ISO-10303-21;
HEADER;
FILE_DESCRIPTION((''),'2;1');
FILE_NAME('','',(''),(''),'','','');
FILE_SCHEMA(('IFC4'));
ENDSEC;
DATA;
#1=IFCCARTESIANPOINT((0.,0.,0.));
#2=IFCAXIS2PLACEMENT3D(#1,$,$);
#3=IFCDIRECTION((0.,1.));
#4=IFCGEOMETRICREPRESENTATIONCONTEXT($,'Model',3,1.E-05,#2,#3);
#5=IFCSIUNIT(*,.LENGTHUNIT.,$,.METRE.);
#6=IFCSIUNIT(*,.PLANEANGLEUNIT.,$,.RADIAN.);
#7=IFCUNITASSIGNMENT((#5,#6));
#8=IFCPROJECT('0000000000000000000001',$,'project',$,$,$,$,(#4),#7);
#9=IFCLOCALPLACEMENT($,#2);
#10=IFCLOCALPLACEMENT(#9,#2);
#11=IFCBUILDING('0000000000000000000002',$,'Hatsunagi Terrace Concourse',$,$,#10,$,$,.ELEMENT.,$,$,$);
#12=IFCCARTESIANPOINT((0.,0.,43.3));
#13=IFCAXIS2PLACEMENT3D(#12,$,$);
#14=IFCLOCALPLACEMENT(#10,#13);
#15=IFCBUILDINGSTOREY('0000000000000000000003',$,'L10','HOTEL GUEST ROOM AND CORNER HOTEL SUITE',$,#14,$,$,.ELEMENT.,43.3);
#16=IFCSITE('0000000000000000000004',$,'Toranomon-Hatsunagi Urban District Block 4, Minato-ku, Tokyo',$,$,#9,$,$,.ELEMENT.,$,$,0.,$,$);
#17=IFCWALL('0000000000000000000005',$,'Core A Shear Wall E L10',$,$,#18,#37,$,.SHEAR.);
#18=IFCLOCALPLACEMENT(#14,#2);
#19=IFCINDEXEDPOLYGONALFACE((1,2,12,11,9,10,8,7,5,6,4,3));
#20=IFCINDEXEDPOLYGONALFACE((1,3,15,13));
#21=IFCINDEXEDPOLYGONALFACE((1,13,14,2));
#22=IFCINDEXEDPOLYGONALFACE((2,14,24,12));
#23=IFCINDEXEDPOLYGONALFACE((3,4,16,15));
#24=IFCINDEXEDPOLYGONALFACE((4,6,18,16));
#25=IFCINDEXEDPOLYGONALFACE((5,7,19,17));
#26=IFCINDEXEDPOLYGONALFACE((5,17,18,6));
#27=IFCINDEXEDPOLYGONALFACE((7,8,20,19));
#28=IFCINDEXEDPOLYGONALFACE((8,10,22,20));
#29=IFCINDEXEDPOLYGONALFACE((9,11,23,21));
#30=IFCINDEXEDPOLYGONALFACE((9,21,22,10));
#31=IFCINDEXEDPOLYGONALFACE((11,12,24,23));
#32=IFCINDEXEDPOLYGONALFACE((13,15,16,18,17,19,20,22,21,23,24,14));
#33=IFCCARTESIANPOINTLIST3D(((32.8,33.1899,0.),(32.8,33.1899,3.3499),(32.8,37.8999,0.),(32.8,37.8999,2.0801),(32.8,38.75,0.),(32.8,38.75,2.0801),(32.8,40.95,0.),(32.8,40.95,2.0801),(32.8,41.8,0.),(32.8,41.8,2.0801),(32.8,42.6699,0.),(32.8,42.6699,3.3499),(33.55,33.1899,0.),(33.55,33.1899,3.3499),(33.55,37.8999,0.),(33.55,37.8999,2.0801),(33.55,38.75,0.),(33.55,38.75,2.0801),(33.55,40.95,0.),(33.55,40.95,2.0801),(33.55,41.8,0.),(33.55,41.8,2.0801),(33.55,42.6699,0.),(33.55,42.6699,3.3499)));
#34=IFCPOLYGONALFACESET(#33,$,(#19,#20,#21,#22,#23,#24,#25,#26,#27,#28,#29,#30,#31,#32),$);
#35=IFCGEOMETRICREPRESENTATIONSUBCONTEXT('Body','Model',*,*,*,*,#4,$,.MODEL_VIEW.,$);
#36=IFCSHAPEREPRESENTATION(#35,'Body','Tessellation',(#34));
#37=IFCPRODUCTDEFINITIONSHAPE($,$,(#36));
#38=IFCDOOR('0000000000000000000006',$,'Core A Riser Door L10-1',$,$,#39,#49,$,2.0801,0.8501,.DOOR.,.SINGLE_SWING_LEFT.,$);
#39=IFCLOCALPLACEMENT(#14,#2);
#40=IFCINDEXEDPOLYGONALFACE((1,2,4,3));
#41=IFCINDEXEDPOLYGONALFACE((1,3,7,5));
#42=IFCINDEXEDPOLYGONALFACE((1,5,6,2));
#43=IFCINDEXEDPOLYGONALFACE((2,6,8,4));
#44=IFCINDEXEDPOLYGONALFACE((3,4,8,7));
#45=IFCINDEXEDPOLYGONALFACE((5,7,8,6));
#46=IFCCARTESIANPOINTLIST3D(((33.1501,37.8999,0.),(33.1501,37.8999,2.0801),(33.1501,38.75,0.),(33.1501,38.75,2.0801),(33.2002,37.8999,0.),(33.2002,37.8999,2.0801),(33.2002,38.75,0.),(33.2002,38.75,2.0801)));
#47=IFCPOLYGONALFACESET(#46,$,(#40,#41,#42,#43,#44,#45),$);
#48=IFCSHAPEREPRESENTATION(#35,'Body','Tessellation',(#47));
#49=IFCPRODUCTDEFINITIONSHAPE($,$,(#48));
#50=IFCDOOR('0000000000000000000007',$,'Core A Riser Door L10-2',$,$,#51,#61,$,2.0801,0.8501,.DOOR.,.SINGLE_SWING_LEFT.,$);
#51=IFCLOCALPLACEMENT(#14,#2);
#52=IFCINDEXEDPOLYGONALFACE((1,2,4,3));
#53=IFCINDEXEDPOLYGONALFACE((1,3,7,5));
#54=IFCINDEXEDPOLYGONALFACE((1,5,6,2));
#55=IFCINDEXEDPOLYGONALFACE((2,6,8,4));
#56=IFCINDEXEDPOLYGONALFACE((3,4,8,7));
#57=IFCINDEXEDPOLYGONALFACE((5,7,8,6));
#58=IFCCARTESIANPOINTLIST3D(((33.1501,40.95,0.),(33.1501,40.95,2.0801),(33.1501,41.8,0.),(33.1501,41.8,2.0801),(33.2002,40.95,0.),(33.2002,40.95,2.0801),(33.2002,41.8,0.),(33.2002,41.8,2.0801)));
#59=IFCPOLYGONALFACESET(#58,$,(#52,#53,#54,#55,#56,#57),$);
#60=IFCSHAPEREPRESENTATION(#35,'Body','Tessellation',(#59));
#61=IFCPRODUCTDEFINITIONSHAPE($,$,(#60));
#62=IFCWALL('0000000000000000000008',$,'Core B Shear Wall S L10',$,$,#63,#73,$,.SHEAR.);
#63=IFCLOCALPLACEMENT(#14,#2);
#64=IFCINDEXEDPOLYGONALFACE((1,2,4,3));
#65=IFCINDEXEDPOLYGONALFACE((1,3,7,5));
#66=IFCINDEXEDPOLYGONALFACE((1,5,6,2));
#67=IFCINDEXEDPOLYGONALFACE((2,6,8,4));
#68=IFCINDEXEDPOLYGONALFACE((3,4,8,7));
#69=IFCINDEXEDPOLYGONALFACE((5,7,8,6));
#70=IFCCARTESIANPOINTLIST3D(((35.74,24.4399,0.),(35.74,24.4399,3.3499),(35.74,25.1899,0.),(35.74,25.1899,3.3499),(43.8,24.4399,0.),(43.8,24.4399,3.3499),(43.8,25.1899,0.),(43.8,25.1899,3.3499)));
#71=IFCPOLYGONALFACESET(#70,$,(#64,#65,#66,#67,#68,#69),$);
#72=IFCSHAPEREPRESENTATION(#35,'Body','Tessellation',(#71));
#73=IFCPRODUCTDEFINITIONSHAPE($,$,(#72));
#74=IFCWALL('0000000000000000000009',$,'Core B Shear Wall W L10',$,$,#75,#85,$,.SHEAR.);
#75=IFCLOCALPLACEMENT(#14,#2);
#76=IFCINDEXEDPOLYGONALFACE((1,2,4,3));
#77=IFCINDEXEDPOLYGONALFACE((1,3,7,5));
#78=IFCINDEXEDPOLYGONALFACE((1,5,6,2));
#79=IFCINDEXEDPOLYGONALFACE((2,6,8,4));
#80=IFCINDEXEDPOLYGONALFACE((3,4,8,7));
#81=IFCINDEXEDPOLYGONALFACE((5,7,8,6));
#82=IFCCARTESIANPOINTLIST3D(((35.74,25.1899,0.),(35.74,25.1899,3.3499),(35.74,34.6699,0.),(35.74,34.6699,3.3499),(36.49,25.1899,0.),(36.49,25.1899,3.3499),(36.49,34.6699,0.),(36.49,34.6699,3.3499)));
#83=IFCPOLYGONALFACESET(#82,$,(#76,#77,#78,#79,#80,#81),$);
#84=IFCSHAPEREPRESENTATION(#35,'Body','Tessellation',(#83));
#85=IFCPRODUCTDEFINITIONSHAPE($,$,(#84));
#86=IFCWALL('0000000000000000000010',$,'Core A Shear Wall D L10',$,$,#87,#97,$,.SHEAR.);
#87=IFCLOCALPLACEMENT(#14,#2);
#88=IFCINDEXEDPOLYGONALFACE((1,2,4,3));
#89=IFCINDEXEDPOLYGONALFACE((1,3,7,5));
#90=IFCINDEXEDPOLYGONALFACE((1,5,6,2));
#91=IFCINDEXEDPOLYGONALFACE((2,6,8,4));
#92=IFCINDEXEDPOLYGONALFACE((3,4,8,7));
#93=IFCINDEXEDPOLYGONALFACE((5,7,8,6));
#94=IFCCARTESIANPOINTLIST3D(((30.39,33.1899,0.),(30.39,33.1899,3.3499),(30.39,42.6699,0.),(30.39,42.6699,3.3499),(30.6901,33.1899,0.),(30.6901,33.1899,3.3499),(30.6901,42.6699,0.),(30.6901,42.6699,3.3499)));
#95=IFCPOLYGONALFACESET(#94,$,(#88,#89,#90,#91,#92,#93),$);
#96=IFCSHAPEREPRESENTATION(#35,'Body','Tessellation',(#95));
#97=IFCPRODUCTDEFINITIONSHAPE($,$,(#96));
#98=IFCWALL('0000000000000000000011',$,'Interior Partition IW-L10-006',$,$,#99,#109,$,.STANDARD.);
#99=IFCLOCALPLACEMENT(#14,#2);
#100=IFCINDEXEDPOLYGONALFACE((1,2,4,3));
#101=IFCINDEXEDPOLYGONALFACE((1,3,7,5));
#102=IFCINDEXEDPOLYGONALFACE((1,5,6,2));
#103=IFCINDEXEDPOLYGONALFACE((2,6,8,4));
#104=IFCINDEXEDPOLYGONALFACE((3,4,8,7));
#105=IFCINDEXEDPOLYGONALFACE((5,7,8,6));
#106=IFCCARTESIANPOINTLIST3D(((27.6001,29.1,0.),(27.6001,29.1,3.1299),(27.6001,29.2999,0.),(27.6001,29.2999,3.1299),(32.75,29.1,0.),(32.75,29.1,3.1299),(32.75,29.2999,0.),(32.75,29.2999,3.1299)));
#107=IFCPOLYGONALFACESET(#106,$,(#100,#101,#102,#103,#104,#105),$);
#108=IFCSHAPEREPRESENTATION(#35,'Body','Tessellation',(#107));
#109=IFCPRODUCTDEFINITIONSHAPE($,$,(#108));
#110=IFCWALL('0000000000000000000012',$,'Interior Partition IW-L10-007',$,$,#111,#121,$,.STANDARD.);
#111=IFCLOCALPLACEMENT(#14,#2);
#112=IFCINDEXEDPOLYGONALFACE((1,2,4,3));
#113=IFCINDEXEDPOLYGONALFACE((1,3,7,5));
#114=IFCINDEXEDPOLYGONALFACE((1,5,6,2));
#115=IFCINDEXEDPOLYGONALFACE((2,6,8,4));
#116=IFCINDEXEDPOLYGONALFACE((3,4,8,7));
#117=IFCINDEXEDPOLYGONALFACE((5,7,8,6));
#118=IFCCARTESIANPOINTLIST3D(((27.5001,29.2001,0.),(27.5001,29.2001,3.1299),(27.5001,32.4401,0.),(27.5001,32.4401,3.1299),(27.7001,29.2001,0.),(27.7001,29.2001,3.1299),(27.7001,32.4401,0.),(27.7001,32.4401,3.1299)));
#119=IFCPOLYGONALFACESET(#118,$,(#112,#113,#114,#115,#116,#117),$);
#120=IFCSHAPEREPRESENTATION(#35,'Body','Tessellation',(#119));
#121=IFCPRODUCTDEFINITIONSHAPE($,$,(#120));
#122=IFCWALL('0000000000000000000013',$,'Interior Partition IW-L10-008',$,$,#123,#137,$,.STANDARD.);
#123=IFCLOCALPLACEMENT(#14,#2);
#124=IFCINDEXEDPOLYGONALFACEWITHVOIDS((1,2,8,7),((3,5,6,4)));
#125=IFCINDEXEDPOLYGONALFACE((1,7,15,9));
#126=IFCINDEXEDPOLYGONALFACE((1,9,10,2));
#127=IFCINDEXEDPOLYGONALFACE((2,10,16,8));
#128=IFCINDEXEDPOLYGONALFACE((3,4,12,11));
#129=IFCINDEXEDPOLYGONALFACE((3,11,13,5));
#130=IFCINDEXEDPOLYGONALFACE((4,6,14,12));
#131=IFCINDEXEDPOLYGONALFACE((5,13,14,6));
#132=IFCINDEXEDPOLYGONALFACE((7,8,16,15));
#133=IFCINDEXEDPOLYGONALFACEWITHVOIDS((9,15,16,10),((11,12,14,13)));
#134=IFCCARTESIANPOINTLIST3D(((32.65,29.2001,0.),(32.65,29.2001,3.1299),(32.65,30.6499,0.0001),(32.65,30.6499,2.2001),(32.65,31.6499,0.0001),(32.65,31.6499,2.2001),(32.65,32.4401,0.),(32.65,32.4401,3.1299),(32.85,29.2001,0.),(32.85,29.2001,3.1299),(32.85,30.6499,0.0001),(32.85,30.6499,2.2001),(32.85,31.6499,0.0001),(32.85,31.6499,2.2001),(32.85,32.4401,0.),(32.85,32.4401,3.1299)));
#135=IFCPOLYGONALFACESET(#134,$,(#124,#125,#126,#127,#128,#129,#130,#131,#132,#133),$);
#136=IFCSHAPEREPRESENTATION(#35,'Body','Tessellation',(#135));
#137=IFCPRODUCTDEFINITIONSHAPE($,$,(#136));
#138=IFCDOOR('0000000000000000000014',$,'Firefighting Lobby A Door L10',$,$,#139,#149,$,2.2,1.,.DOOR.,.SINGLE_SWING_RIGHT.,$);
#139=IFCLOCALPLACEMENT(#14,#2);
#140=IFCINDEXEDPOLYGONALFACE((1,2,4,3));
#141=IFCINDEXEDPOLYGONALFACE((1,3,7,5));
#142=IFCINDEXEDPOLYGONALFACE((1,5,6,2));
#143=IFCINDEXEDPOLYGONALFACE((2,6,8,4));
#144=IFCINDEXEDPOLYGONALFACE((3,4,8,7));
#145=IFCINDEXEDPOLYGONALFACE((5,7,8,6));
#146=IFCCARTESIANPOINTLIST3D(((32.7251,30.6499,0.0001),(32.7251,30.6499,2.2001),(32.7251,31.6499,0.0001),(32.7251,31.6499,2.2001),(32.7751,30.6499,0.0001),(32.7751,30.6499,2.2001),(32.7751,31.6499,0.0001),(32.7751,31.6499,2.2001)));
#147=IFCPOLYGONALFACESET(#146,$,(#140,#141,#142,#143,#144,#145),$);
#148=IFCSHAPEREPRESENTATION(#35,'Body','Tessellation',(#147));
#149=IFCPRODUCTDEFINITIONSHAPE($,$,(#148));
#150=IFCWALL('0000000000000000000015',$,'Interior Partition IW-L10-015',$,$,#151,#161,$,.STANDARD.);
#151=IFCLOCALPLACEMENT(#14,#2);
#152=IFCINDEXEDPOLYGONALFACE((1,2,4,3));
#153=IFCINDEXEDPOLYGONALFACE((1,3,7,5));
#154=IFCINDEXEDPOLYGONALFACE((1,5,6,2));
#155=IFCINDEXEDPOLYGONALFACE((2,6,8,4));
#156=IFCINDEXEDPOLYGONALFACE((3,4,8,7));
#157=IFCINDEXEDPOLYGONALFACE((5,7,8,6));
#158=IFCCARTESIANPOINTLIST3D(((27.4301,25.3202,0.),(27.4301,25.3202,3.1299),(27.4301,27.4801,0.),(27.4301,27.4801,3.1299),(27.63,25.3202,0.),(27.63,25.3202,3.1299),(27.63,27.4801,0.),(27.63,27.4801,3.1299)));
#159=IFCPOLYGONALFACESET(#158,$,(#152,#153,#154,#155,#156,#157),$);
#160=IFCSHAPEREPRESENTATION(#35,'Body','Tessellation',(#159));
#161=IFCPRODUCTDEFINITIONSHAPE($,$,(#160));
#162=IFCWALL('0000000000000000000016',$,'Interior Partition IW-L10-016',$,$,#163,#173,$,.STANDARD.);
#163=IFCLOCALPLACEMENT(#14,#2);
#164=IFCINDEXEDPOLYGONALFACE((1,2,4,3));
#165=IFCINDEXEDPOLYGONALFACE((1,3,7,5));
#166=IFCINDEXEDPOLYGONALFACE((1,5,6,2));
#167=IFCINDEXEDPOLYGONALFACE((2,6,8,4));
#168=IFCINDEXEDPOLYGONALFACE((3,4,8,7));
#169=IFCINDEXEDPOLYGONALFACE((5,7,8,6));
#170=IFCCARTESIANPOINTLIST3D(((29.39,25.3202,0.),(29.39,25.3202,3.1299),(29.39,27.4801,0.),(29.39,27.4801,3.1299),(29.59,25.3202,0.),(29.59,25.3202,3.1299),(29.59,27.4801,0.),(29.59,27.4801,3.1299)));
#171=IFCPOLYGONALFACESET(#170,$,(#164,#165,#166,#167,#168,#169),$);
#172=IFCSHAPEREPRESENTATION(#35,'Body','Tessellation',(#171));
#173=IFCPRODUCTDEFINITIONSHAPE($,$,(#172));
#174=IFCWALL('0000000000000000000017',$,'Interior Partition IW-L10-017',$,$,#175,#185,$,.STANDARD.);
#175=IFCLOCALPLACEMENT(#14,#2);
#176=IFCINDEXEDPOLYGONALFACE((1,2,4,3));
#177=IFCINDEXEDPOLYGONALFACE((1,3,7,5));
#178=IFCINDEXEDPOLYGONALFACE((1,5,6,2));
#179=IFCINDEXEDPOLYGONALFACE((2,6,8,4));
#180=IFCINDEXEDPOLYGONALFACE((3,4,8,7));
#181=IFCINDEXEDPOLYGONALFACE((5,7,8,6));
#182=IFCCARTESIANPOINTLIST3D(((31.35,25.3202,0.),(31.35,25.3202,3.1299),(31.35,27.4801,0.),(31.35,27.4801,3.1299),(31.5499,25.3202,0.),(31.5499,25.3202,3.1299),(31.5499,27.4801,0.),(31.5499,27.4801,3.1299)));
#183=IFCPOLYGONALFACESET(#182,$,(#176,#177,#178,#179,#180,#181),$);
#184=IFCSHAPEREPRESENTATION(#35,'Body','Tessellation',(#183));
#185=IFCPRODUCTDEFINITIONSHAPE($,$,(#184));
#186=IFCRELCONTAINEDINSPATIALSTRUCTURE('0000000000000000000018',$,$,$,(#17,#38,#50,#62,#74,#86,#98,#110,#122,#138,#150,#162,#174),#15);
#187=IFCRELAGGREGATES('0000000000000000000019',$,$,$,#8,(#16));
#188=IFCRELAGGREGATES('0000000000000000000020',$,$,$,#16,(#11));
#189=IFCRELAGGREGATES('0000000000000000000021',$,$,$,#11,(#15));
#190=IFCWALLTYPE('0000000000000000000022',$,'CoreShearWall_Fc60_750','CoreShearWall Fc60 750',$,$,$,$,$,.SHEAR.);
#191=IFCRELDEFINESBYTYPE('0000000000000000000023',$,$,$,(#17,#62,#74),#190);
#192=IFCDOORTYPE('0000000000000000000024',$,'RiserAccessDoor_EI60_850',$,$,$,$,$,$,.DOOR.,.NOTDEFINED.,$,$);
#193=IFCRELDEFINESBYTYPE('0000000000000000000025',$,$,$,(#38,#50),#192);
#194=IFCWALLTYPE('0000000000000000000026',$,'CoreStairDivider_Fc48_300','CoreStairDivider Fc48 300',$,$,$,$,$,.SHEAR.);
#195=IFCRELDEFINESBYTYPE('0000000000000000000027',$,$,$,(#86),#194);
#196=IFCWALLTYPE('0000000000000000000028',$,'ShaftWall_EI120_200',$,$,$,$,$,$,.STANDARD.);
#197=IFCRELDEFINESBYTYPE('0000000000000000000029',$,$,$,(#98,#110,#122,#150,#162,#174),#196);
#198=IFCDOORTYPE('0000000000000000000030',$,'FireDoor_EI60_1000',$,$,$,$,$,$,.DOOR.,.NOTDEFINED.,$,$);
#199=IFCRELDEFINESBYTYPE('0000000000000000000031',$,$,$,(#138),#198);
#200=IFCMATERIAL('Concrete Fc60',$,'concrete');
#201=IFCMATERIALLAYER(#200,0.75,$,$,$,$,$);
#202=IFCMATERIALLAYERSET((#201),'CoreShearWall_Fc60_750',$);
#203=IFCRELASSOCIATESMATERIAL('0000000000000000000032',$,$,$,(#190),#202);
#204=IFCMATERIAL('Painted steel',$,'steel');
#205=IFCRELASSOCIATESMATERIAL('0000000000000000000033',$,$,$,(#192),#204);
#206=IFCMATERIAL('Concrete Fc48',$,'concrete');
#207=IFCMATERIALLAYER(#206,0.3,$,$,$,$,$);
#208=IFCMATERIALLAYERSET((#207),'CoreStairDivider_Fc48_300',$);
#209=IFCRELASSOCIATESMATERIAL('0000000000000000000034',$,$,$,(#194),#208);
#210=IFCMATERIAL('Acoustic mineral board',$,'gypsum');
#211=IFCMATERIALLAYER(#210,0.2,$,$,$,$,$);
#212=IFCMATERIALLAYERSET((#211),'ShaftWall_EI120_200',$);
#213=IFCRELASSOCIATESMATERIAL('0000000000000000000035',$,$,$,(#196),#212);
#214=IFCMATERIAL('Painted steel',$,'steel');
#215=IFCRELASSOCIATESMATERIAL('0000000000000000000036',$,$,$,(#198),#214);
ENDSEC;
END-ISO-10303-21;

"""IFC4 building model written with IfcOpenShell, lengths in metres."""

from ifc_helpers import new_model, si_unit, direction, frame, frame_2d, origin, place, context, subcontext, project, spatial, rectangle, extrude, material, layer, layer_set, type_object, element, fill, save


model = new_model("IFC4")

# Units and contexts
model_context = context("Model", 3, precision=1e-05, world=origin(), true_north=direction((0.0, 1.0)))
body_context = subcontext(model_context, "Body", "Model", "MODEL_VIEW")
ifc_project = project(units=[si_unit("LENGTHUNIT", "METRE"), si_unit("PLANEANGLEUNIT", "RADIAN")], contexts=[model_context])

# Site, building, storey
site_placement = place(None, origin())
site = spatial("IfcSite", under=ifc_project, at=site_placement, Name="Toranomon-Hatsunagi Urban District Block 4, Minato-ku, Tokyo", CompositionType="ELEMENT", RefElevation=0.0)
building_placement = place(site_placement, origin())
building = spatial("IfcBuilding", under=site, at=building_placement, Name="Hatsunagi Terrace Concourse", CompositionType="ELEMENT")
storey_placement = place(building_placement, frame((0.0, 0.0, 43.3)))
storey = spatial("IfcBuildingStorey", under=building, at=storey_placement, Name="L10", Description="HOTEL GUEST ROOM AND CORNER HOTEL SUITE", CompositionType="ELEMENT", Elevation=43.3)

# Wall, openings, doors
ifc_material_1 = material(Name="Concrete Fc60", Category="concrete")
ifc_layer_1 = layer(ifc_material_1, 0.75)
ifc_layer_set_1 = layer_set([ifc_layer_1], Name="CoreShearWall_Fc60_750")
wall_type_1 = type_object("IfcWallType", Name="CoreShearWall_Fc60_750", Description="CoreShearWall Fc60 750", PredefinedType="SHEAR", material=ifc_layer_set_1)
wall_1_placement = place(storey_placement, frame((33.175, 33.1899, 0.0), z_axis=(0.0, 0.0, 1.0), x_axis=(0.0, 1.0, 0.0)))
wall_1 = element("IfcWall", 1, at=wall_1_placement, inside=storey, type_object=wall_type_1, Name="Core A Shear Wall E L10", PredefinedType="SHEAR", context=body_context, shape_type="SweptSolid", body=[
    extrude(rectangle(XDim=9.48, YDim=0.75, at=frame_2d((4.74, 0.0))), origin(), (0.0, 0.0, 1.0), 3.3499),
])
opening_1_placement = place(wall_1_placement, frame((4.71, 0.0, 0.0)))
opening_1 = element("IfcOpeningElement", 2, at=opening_1_placement, cuts=wall_1, PredefinedType="OPENING", context=body_context, shape_type="SweptSolid", body=[
    extrude(rectangle(XDim=0.8501, YDim=2.0801, at=frame_2d((0.425, 1.04))), frame((0.0, 0.385, 0.0), z_axis=(0.0, -1.0, 0.0), x_axis=(1.0, 0.0, 0.0)), (0.0, 0.0, 1.0), 0.77),
])
opening_2_placement = place(wall_1_placement, frame((7.76, 0.0, 0.0)))
opening_2 = element("IfcOpeningElement", 3, at=opening_2_placement, cuts=wall_1, PredefinedType="OPENING", context=body_context, shape_type="SweptSolid", body=[
    extrude(rectangle(XDim=0.8501, YDim=2.0801, at=frame_2d((0.425, 1.04))), frame((0.0, 0.385, 0.0), z_axis=(0.0, -1.0, 0.0), x_axis=(1.0, 0.0, 0.0)), (0.0, 0.0, 1.0), 0.77),
])
ifc_material_2 = material(Name="Painted steel", Category="steel")
door_type_1 = type_object("IfcDoorType", Name="RiserAccessDoor_EI60_850", OperationType="NOTDEFINED", PredefinedType="DOOR", material=ifc_material_2)
door_1_placement = place(opening_1_placement, origin())
door_1 = element("IfcDoor", 4, at=door_1_placement, inside=storey, type_object=door_type_1, Name="Core A Riser Door L10-1", OperationType="SINGLE_SWING_LEFT", OverallHeight=2.0801, OverallWidth=0.8501, PredefinedType="DOOR", context=body_context, shape_type="SweptSolid", body=[
    extrude(rectangle(XDim=0.8501, YDim=2.0801, at=frame_2d((0.425, 1.04))), frame((0.0, 0.0249, 0.0), z_axis=(0.0, -1.0, 0.0), x_axis=(1.0, 0.0, 0.0)), (0.0, 0.0, 1.0), 0.05),
])
fill(opening_1, door_1)
door_2_placement = place(opening_2_placement, origin())
door_2 = element("IfcDoor", 5, at=door_2_placement, inside=storey, type_object=door_type_1, Name="Core A Riser Door L10-2", OperationType="SINGLE_SWING_LEFT", OverallHeight=2.0801, OverallWidth=0.8501, PredefinedType="DOOR", context=body_context, shape_type="SweptSolid", body=[
    extrude(rectangle(XDim=0.8501, YDim=2.0801, at=frame_2d((0.425, 1.04))), frame((0.0, 0.0249, 0.0), z_axis=(0.0, -1.0, 0.0), x_axis=(1.0, 0.0, 0.0)), (0.0, 0.0, 1.0), 0.05),
])
fill(opening_2, door_2)

# Wall
wall_2_placement = place(storey_placement, frame((35.74, 24.8149, 0.0), z_axis=(0.0, 0.0, 1.0), x_axis=(1.0, 0.0, 0.0)))
element("IfcWall", 6, at=wall_2_placement, inside=storey, type_object=wall_type_1, Name="Core B Shear Wall S L10", PredefinedType="SHEAR", context=body_context, shape_type="SweptSolid", body=[
    extrude(rectangle(XDim=8.0601, YDim=0.75, at=frame_2d((4.03, 0.0))), origin(), (0.0, 0.0, 1.0), 3.3499),
])

# Walls
wall_3_placement = place(storey_placement, frame((36.115, 25.1899, 0.0), z_axis=(0.0, 0.0, 1.0), x_axis=(0.0, 1.0, 0.0)))
element("IfcWall", 7, at=wall_3_placement, inside=storey, type_object=wall_type_1, Name="Core B Shear Wall W L10", PredefinedType="SHEAR", context=body_context, shape_type="SweptSolid", body=[
    extrude(rectangle(XDim=9.48, YDim=0.75, at=frame_2d((4.74, 0.0))), origin(), (0.0, 0.0, 1.0), 3.3499),
])
ifc_material_3 = material(Name="Concrete Fc48", Category="concrete")
ifc_layer_2 = layer(ifc_material_3, 0.3)
ifc_layer_set_2 = layer_set([ifc_layer_2], Name="CoreStairDivider_Fc48_300")
wall_type_2 = type_object("IfcWallType", Name="CoreStairDivider_Fc48_300", Description="CoreStairDivider Fc48 300", PredefinedType="SHEAR", material=ifc_layer_set_2)
wall_4_placement = place(storey_placement, frame((30.54, 33.1899, 0.0), z_axis=(0.0, 0.0, 1.0), x_axis=(0.0, 1.0, 0.0)))
element("IfcWall", 8, at=wall_4_placement, inside=storey, type_object=wall_type_2, Name="Core A Shear Wall D L10", PredefinedType="SHEAR", context=body_context, shape_type="SweptSolid", body=[
    extrude(rectangle(XDim=9.48, YDim=0.3, at=frame_2d((4.74, 0.0))), origin(), (0.0, 0.0, 1.0), 3.3499),
])
ifc_material_4 = material(Name="Acoustic mineral board", Category="gypsum")
ifc_layer_3 = layer(ifc_material_4, 0.2)
ifc_layer_set_3 = layer_set([ifc_layer_3], Name="ShaftWall_EI120_200")
wall_type_3 = type_object("IfcWallType", Name="ShaftWall_EI120_200", PredefinedType="STANDARD", material=ifc_layer_set_3)
wall_5_placement = place(storey_placement, frame((27.6001, 29.2, 0.0), z_axis=(0.0, 0.0, 1.0), x_axis=(1.0, 0.0, 0.0)))
element("IfcWall", 9, at=wall_5_placement, inside=storey, type_object=wall_type_3, Name="Interior Partition IW-L10-006", PredefinedType="STANDARD", context=body_context, shape_type="SweptSolid", body=[
    extrude(rectangle(XDim=5.1499, YDim=0.2, at=frame_2d((2.575, 0.0))), origin(), (0.0, 0.0, 1.0), 3.1299),
])
wall_6_placement = place(storey_placement, frame((27.6001, 29.2, 0.0), z_axis=(0.0, 0.0, 1.0), x_axis=(0.0, 1.0, 0.0)))
element("IfcWall", 10, at=wall_6_placement, inside=storey, type_object=wall_type_3, Name="Interior Partition IW-L10-007", PredefinedType="STANDARD", context=body_context, shape_type="SweptSolid", body=[
    extrude(rectangle(XDim=3.24, YDim=0.2, at=frame_2d((1.6201, 0.0))), origin(), (0.0, 0.0, 1.0), 3.1299),
])

# Wall, opening, door
wall_7_placement = place(storey_placement, frame((32.75, 29.2, 0.0), z_axis=(0.0, 0.0, 1.0), x_axis=(0.0, 1.0, 0.0)))
wall_7 = element("IfcWall", 11, at=wall_7_placement, inside=storey, type_object=wall_type_3, Name="Interior Partition IW-L10-008", PredefinedType="STANDARD", context=body_context, shape_type="SweptSolid", body=[
    extrude(rectangle(XDim=3.24, YDim=0.2, at=frame_2d((1.6201, 0.0))), origin(), (0.0, 0.0, 1.0), 3.1299),
])
opening_3_placement = place(wall_7_placement, frame((1.45, 0.0, 0.0)))
opening_3 = element("IfcOpeningElement", 12, at=opening_3_placement, cuts=wall_7, PredefinedType="OPENING", context=body_context, shape_type="SweptSolid", body=[
    extrude(rectangle(XDim=1.0, YDim=2.2, at=frame_2d((0.5, 1.1001))), frame((0.0, 0.1099, 0.0), z_axis=(0.0, -1.0, 0.0), x_axis=(1.0, 0.0, 0.0)), (0.0, 0.0, 1.0), 0.22),
])
ifc_material_5 = material(Name="Painted steel", Category="steel")
door_type_2 = type_object("IfcDoorType", Name="FireDoor_EI60_1000", OperationType="NOTDEFINED", PredefinedType="DOOR", material=ifc_material_5)
door_3_placement = place(opening_3_placement, origin())
door_3 = element("IfcDoor", 13, at=door_3_placement, inside=storey, type_object=door_type_2, Name="Firefighting Lobby A Door L10", OperationType="SINGLE_SWING_RIGHT", OverallHeight=2.2, OverallWidth=1.0, PredefinedType="DOOR", context=body_context, shape_type="SweptSolid", body=[
    extrude(rectangle(XDim=1.0, YDim=2.2, at=frame_2d((0.5, 1.1001))), frame((0.0, 0.0249, 0.0), z_axis=(0.0, -1.0, 0.0), x_axis=(1.0, 0.0, 0.0)), (0.0, 0.0, 1.0), 0.05),
])
fill(opening_3, door_3)

# Walls
for number, where, z_axis, x_axis, name in (
    (14, (27.53, 25.3201, 0.0), (0.0, 0.0, 1.0), (0.0, 1.0, 0.0), "Interior Partition IW-L10-015"),
    (15, (29.49, 25.3201, 0.0), (0.0, 0.0, 1.0), (0.0, 1.0, 0.0), "Interior Partition IW-L10-016"),
    (16, (31.45, 25.3201, 0.0), (0.0, 0.0, 1.0), (0.0, 1.0, 0.0), "Interior Partition IW-L10-017"),
):
    element("IfcWall", number, at=place(storey_placement, frame(where, z_axis=z_axis, x_axis=x_axis)), inside=storey, type_object=wall_type_3, Name=name, PredefinedType="STANDARD", context=body_context, shape_type="SweptSolid", body=[
        extrude(rectangle(XDim=2.1599, YDim=0.2, at=frame_2d((1.0801, 0.0))), origin(), (0.0, 0.0, 1.0), 3.1299),
    ])

save(model, "model.ifc")
